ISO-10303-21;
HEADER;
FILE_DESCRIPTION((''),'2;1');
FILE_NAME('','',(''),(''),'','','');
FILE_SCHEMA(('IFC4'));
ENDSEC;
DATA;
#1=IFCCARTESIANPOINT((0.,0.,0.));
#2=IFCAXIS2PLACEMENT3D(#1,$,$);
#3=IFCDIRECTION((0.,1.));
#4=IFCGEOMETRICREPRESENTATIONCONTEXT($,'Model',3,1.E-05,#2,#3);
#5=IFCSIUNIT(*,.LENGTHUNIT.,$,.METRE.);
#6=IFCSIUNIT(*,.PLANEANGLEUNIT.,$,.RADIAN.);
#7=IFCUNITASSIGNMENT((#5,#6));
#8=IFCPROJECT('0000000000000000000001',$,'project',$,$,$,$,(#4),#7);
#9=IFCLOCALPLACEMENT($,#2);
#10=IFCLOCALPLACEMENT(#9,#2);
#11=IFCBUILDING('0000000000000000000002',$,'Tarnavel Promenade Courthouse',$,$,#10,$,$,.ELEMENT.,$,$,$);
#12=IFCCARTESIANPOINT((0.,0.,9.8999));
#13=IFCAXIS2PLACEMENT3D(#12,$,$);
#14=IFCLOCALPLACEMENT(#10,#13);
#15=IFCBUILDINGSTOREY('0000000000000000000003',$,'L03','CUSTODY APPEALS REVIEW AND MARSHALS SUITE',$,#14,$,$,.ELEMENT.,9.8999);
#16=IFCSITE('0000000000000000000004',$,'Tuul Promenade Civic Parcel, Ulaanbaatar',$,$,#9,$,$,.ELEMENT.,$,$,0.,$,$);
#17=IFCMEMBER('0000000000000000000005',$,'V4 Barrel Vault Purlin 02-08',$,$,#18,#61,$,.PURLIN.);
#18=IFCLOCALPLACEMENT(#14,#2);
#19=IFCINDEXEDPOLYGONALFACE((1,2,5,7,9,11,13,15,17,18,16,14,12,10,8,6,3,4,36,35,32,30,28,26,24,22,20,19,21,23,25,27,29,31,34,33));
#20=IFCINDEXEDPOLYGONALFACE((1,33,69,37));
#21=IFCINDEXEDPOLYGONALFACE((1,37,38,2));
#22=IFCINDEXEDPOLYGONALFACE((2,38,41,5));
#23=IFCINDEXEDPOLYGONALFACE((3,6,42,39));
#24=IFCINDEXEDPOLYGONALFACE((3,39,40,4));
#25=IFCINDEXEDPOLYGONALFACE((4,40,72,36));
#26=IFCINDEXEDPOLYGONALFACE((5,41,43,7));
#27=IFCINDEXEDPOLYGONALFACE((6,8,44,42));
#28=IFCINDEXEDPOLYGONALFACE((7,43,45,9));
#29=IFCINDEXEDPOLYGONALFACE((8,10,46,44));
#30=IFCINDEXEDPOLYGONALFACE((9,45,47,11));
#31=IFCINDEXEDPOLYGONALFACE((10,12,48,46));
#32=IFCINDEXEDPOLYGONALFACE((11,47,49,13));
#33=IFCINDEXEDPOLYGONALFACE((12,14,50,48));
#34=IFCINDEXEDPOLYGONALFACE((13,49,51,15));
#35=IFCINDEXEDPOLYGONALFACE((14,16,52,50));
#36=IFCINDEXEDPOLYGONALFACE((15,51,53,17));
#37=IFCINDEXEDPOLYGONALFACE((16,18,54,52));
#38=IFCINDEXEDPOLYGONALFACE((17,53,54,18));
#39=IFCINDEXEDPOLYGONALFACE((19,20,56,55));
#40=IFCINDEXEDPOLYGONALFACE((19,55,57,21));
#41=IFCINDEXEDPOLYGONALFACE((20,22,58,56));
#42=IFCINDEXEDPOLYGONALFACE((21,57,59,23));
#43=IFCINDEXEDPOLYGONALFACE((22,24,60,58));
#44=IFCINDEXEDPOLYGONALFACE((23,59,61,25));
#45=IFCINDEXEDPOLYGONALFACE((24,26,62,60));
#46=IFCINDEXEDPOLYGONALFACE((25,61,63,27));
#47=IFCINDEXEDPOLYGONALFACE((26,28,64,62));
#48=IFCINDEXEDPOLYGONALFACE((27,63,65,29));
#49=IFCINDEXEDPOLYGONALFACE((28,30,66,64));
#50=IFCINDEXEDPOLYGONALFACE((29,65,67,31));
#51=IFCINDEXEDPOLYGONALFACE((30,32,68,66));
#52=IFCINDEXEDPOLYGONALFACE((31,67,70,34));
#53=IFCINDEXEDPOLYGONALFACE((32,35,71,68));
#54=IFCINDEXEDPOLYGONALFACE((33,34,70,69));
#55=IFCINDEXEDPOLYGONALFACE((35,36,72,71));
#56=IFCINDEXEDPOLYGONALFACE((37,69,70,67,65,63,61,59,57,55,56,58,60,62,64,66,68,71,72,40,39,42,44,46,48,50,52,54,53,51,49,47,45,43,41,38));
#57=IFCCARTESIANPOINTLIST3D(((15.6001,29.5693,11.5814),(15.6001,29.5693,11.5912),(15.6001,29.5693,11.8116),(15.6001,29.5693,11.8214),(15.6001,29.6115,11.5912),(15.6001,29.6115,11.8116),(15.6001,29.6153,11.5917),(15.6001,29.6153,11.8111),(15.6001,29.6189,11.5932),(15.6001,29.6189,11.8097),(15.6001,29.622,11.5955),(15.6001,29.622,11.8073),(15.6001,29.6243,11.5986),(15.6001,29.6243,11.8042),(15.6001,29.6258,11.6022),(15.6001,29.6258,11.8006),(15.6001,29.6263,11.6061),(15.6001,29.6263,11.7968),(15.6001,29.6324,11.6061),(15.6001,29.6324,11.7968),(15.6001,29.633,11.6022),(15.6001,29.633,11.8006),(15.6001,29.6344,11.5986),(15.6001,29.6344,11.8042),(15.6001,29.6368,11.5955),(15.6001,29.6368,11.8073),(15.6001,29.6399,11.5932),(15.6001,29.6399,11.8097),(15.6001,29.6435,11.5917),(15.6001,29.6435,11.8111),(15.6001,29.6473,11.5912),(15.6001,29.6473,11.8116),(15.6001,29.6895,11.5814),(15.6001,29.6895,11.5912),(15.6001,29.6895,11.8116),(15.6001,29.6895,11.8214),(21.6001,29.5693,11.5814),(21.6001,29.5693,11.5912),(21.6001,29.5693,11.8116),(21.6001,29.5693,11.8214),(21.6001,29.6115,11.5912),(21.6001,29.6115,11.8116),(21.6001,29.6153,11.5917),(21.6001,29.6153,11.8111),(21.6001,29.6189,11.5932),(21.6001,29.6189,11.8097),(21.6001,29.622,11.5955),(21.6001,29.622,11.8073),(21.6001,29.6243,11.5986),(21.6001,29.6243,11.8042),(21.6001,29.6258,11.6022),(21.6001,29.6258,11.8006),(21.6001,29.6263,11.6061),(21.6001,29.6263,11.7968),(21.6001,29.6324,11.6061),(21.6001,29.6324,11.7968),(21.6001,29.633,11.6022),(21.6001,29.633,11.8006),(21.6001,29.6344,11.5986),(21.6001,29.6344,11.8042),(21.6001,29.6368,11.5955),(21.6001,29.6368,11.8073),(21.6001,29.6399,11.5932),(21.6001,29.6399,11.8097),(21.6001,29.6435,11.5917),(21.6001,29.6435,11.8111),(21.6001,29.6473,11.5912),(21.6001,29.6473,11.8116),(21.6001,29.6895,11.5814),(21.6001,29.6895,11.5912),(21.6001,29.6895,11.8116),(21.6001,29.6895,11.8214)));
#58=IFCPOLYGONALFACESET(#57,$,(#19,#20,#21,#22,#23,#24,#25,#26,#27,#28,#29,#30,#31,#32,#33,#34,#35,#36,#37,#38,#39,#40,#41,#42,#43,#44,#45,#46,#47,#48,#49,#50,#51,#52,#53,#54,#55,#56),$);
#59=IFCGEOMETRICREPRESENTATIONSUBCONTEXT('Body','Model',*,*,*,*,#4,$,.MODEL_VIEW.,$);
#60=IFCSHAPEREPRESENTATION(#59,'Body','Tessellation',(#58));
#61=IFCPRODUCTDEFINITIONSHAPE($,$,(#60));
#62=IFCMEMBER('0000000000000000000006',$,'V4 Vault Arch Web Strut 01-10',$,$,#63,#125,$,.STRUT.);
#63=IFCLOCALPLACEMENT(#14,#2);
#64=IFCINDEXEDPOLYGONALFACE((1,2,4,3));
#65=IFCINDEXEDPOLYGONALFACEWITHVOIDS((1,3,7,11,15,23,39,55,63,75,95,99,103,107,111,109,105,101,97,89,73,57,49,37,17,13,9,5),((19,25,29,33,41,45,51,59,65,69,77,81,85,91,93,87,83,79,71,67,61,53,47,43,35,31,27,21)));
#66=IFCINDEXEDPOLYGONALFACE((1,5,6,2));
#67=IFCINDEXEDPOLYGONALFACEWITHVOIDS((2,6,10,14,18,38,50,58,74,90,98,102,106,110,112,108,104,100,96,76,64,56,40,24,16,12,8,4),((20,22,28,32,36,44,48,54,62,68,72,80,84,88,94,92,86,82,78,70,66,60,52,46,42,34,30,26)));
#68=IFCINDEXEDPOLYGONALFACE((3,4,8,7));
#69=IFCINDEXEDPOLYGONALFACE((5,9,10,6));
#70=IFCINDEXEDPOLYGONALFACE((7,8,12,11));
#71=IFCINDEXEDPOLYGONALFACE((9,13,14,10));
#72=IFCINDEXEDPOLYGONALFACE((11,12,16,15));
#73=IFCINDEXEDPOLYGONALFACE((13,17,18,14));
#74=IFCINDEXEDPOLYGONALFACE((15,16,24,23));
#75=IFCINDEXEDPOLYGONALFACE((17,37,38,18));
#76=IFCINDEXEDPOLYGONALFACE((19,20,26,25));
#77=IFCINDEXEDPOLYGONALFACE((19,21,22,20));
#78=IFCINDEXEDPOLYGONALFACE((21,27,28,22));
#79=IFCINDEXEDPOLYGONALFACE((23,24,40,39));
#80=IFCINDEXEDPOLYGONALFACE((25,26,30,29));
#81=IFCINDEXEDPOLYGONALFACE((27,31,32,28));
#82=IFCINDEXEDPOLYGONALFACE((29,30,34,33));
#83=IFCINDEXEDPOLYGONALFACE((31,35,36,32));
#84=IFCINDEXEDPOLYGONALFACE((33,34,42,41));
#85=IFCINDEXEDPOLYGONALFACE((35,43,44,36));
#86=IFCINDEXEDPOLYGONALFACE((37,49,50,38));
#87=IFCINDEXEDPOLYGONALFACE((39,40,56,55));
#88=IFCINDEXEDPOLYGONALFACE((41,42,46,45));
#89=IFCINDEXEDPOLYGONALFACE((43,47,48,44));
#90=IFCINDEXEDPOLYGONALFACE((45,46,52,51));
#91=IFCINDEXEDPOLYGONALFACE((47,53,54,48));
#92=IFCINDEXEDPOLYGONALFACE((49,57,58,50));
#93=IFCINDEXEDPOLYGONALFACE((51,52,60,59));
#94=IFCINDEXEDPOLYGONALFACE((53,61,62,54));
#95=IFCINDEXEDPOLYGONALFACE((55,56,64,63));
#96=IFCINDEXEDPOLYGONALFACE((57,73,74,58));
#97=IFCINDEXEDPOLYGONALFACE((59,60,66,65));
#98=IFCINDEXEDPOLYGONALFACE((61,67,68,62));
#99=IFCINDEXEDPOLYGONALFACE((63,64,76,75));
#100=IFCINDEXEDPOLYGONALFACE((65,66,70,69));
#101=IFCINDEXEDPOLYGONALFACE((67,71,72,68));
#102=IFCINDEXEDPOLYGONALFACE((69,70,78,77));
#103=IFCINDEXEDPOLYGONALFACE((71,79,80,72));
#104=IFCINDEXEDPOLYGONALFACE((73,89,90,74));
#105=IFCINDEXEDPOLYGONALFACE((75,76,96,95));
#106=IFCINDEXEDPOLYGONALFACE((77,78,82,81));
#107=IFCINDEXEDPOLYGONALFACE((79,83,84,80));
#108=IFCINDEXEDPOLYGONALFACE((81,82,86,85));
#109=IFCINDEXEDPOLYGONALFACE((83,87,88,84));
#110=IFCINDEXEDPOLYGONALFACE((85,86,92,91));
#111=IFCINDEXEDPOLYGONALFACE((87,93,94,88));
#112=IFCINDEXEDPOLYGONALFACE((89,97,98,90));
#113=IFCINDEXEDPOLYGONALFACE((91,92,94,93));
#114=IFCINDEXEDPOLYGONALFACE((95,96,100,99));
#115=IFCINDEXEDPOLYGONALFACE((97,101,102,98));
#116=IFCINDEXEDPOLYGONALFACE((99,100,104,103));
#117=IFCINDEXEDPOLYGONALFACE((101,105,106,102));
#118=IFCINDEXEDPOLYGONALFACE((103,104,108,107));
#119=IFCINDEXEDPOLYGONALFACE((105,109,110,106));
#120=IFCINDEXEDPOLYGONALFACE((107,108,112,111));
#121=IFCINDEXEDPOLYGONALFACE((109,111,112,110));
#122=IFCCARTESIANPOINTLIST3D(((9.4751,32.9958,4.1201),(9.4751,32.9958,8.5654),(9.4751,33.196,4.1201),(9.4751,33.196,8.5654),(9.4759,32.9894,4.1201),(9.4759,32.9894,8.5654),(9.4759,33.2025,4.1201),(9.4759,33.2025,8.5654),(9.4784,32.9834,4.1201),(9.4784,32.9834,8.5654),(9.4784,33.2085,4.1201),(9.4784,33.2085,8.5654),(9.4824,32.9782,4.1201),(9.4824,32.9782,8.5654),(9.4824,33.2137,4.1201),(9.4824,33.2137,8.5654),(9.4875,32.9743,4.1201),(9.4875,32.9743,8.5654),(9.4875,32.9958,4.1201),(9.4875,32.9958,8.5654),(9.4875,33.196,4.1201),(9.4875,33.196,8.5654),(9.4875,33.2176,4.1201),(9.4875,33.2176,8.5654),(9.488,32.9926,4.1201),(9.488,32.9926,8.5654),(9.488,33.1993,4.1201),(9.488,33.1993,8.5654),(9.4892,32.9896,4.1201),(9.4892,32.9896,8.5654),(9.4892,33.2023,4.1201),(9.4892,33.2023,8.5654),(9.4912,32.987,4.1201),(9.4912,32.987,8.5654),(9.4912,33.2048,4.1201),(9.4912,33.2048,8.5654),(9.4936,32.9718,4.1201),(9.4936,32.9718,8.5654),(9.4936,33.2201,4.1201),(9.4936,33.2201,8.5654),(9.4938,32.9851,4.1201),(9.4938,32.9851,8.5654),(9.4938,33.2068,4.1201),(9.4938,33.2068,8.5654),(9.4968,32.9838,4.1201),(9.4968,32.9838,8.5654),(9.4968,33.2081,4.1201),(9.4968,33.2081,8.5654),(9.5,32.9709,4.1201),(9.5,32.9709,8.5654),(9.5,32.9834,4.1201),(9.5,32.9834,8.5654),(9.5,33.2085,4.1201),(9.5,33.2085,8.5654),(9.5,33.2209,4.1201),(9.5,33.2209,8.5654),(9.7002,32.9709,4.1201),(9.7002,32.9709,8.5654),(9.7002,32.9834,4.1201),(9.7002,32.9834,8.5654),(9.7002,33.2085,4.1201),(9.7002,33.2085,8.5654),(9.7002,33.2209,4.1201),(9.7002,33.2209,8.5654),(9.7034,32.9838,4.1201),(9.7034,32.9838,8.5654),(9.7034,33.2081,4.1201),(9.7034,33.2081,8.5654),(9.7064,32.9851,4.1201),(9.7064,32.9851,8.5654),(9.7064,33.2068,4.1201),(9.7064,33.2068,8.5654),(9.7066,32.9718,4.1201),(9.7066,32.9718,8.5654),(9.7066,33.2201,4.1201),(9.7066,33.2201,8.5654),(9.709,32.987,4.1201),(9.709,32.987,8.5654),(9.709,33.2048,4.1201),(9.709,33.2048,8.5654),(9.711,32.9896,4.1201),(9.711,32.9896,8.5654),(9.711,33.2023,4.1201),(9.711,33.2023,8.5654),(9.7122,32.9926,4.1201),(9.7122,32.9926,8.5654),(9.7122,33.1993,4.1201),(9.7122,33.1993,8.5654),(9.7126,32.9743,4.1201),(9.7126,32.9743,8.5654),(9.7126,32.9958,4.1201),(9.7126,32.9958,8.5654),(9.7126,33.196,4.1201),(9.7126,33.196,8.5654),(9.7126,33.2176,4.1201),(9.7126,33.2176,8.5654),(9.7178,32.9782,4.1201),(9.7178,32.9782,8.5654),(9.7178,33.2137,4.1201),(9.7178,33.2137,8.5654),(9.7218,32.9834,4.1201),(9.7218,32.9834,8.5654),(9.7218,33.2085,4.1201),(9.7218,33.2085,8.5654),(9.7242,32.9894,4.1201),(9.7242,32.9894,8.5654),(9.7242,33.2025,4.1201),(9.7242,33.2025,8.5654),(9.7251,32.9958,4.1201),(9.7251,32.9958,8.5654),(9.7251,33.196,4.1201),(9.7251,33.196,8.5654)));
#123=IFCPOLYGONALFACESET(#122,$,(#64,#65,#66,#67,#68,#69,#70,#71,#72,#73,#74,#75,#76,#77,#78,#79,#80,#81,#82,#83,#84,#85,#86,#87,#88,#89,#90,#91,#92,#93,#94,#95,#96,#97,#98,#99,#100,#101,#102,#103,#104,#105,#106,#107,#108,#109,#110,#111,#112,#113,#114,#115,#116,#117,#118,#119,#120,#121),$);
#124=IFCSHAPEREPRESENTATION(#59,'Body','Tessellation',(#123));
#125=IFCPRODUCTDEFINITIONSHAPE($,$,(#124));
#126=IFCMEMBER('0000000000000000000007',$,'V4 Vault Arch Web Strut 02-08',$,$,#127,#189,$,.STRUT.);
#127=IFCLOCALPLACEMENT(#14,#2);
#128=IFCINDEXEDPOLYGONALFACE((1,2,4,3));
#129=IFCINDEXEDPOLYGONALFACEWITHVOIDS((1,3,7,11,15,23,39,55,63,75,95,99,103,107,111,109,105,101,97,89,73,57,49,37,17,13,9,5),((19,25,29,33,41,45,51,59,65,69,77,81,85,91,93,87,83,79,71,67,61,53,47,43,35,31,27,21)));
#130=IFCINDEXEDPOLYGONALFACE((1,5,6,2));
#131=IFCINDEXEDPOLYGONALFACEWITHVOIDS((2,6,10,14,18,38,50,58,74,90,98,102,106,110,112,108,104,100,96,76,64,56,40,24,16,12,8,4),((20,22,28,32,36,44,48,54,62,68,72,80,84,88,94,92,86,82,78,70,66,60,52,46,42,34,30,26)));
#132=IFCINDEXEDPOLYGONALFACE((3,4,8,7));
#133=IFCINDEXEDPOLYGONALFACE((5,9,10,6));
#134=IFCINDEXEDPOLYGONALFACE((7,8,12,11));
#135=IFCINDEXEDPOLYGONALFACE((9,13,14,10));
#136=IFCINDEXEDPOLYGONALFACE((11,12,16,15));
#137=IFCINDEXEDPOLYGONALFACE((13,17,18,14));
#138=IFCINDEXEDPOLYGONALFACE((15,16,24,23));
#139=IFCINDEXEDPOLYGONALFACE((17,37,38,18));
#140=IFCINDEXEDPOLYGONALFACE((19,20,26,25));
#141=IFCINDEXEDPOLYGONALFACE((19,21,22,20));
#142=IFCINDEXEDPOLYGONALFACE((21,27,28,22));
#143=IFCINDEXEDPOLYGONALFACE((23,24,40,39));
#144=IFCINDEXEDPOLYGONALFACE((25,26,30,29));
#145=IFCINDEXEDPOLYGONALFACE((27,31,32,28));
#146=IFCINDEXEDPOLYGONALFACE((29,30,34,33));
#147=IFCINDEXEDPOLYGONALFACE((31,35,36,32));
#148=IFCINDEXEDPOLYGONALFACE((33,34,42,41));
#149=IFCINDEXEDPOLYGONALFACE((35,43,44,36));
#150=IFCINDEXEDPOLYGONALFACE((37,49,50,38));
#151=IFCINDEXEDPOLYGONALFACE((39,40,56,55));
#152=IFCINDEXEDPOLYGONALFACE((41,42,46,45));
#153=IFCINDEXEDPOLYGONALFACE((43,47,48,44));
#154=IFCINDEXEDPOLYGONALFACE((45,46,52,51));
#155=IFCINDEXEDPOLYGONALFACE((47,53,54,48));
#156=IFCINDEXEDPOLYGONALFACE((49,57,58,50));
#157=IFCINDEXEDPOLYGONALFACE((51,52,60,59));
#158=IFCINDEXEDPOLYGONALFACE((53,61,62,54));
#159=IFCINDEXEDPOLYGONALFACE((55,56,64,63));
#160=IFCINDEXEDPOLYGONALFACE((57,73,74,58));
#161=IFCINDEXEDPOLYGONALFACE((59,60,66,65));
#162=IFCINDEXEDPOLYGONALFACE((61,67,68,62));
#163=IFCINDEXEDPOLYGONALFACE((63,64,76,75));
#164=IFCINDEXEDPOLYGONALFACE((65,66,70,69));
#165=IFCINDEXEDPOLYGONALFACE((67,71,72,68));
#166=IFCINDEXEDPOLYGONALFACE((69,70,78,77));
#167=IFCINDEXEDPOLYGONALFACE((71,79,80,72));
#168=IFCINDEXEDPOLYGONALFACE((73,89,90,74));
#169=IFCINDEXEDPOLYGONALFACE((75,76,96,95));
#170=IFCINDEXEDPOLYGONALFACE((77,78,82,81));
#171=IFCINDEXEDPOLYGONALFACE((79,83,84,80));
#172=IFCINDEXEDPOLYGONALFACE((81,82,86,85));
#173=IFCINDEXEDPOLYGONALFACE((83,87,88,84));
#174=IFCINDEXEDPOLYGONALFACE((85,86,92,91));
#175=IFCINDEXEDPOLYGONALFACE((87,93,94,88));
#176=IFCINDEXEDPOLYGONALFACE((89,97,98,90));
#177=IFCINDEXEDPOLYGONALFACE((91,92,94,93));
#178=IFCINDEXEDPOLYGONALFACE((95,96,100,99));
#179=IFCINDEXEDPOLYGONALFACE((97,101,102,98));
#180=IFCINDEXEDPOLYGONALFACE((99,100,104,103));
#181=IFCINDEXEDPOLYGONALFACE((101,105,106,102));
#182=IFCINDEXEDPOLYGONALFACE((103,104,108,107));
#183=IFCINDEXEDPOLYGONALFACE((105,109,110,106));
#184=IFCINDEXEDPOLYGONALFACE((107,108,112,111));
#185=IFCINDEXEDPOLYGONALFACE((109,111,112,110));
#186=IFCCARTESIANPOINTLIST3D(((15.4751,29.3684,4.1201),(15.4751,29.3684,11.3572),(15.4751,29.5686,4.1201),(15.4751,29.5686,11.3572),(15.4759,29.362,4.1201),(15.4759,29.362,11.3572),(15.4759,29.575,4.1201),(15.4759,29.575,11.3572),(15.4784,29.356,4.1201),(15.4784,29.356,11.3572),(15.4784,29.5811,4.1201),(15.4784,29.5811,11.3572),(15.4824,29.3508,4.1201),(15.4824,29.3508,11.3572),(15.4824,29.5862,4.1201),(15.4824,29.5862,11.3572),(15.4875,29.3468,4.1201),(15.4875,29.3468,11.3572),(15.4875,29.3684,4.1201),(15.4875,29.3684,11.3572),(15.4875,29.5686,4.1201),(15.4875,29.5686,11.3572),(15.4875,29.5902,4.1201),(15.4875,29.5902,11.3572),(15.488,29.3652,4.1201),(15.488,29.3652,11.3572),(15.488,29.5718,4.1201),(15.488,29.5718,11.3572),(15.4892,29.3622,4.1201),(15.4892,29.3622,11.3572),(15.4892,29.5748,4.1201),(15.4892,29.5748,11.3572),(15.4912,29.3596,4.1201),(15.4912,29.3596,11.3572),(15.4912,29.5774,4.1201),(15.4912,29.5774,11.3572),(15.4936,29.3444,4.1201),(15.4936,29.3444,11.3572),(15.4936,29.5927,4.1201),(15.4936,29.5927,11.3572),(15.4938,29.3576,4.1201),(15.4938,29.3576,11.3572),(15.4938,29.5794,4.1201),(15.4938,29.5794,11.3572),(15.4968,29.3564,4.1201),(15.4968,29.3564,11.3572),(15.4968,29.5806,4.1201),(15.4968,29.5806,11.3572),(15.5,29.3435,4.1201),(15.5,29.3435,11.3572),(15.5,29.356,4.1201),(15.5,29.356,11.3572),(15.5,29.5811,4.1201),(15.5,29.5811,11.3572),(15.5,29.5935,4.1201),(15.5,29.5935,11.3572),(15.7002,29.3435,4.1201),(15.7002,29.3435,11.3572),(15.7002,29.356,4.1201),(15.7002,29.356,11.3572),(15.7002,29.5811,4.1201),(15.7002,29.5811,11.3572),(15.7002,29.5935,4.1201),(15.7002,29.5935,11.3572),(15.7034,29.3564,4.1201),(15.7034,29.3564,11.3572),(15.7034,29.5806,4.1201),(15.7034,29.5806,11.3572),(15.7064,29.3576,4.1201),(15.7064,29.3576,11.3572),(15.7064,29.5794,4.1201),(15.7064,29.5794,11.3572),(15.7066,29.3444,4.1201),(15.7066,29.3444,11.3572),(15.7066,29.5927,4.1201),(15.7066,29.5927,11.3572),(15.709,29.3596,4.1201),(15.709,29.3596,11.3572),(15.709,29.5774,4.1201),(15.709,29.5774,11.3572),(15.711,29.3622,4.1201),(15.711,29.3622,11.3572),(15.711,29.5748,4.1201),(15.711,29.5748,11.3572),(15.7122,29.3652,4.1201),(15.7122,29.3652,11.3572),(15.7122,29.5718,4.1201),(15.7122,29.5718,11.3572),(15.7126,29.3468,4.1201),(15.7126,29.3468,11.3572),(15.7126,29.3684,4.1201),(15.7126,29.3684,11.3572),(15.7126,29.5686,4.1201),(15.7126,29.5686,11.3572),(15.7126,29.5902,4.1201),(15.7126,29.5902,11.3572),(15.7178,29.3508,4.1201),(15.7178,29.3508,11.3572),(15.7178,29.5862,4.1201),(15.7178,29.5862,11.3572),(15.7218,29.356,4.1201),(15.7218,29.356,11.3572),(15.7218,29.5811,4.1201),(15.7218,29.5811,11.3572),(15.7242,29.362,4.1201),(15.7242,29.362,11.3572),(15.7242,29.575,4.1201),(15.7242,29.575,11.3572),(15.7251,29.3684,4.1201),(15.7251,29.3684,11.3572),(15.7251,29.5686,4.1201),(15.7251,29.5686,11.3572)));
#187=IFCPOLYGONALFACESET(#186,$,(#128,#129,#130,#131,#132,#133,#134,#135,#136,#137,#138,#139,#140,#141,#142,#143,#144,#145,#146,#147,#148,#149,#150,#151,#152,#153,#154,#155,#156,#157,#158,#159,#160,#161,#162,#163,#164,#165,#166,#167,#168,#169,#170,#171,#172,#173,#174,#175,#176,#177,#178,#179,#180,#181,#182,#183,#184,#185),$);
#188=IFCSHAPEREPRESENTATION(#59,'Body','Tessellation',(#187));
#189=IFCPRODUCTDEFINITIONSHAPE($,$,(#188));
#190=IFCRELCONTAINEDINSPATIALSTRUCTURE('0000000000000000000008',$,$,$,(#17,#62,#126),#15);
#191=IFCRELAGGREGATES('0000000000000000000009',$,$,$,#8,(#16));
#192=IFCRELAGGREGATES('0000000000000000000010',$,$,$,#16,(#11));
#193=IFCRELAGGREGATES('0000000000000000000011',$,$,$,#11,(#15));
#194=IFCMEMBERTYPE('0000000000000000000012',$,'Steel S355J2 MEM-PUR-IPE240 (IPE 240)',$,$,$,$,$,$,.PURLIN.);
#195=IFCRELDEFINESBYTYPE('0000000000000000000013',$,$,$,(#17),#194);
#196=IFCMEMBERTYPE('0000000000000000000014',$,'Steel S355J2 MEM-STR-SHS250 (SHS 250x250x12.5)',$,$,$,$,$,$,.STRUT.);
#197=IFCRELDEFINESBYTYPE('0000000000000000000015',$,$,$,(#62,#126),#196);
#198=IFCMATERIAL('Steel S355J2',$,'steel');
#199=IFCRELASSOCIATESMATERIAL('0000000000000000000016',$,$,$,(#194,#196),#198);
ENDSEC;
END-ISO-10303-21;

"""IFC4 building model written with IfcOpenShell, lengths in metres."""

from ifc_helpers import new_model, si_unit, direction, frame, origin, origin_2d, place, context, subcontext, project, spatial, hollow_rectangle, i_section, extrude, material, material_profile, profile_set, type_object, element, save


model = new_model("IFC4")

# Units and contexts
model_context = context("Model", 3, precision=1e-05, world=origin(), true_north=direction((0.0, 1.0)))
body_context = subcontext(model_context, "Body", "Model", "MODEL_VIEW")
ifc_project = project(units=[si_unit("LENGTHUNIT", "METRE"), si_unit("PLANEANGLEUNIT", "RADIAN")], contexts=[model_context])

# Site, building, storey
site_placement = place(None, origin())
site = spatial("IfcSite", under=ifc_project, at=site_placement, Name="Tuul Promenade Civic Parcel, Ulaanbaatar", CompositionType="ELEMENT", RefElevation=0.0)
building_placement = place(site_placement, origin())
building = spatial("IfcBuilding", under=site, at=building_placement, Name="Tarnavel Promenade Courthouse", CompositionType="ELEMENT")
storey_placement = place(building_placement, frame((0.0, 0.0, 9.8999)))
storey = spatial("IfcBuildingStorey", under=building, at=storey_placement, Name="L03", Description="CUSTODY APPEALS REVIEW AND MARSHALS SUITE", CompositionType="ELEMENT", Elevation=9.8999)

# Shared definitions
ifc_material_1 = material(Name="Steel S355J2", Category="steel")

# Members
ifc_material_profile_1 = material_profile(ifc_material_1, i_section(OverallWidth=0.1201, OverallDepth=0.24, WebThickness=0.0061, FlangeThickness=0.0098, FilletRadius=0.0149, at=origin_2d()), Name="IPE 240")
ifc_profile_set_1 = profile_set([ifc_material_profile_1], Name="Steel S355J2")
member_type_1 = type_object("IfcMemberType", Name="Steel S355J2 MEM-PUR-IPE240 (IPE 240)", PredefinedType="PURLIN", material=ifc_profile_set_1)
for number, where, z_axis, x_axis, name in (
    (1, (15.6001, 29.6294, 11.7014), (1.0, 0.0, 0.0), (0.0, 1.0, 0.0), "V4 Barrel Vault Purlin 02-08"),
):
    element("IfcMember", number, at=place(storey_placement, frame(where, z_axis=z_axis, x_axis=x_axis)), inside=storey, type_object=member_type_1, Name=name, PredefinedType="PURLIN", context=body_context, shape_type="SweptSolid", body=[
        extrude(i_section(OverallWidth=0.1201, OverallDepth=0.24, WebThickness=0.0061, FlangeThickness=0.0098, FilletRadius=0.0149, at=origin_2d()), origin(), (0.0, 0.0, 1.0), 6.0),
    ])
ifc_material_profile_2 = material_profile(ifc_material_1, hollow_rectangle(XDim=0.25, YDim=0.25, WallThickness=0.0125, InnerFilletRadius=0.0125, OuterFilletRadius=0.0249, at=origin_2d()), Name="SHS 250x250x12.5")
ifc_profile_set_2 = profile_set([ifc_material_profile_2], Name="Steel S355J2")
member_type_2 = type_object("IfcMemberType", Name="Steel S355J2 MEM-STR-SHS250 (SHS 250x250x12.5)", PredefinedType="STRUT", material=ifc_profile_set_2)
member_1_placement = place(storey_placement, frame((9.6001, 33.0959, 4.1201), z_axis=(0.0, 0.0, 1.0), x_axis=(1.0, 0.0, 0.0)))
element("IfcMember", 2, at=member_1_placement, inside=storey, type_object=member_type_2, Name="V4 Vault Arch Web Strut 01-10", PredefinedType="STRUT", context=body_context, shape_type="SweptSolid", body=[
    extrude(hollow_rectangle(XDim=0.25, YDim=0.25, WallThickness=0.0125, InnerFilletRadius=0.0125, OuterFilletRadius=0.0249, at=origin_2d()), origin(), (0.0, 0.0, 1.0), 4.4453),
])
member_2_placement = place(storey_placement, frame((15.6001, 29.4685, 4.1201), z_axis=(0.0, 0.0, 1.0), x_axis=(1.0, 0.0, 0.0)))
element("IfcMember", 3, at=member_2_placement, inside=storey, type_object=member_type_2, Name="V4 Vault Arch Web Strut 02-08", PredefinedType="STRUT", context=body_context, shape_type="SweptSolid", body=[
    extrude(hollow_rectangle(XDim=0.25, YDim=0.25, WallThickness=0.0125, InnerFilletRadius=0.0125, OuterFilletRadius=0.0249, at=origin_2d()), origin(), (0.0, 0.0, 1.0), 7.2371),
])

save(model, "model.ifc")
